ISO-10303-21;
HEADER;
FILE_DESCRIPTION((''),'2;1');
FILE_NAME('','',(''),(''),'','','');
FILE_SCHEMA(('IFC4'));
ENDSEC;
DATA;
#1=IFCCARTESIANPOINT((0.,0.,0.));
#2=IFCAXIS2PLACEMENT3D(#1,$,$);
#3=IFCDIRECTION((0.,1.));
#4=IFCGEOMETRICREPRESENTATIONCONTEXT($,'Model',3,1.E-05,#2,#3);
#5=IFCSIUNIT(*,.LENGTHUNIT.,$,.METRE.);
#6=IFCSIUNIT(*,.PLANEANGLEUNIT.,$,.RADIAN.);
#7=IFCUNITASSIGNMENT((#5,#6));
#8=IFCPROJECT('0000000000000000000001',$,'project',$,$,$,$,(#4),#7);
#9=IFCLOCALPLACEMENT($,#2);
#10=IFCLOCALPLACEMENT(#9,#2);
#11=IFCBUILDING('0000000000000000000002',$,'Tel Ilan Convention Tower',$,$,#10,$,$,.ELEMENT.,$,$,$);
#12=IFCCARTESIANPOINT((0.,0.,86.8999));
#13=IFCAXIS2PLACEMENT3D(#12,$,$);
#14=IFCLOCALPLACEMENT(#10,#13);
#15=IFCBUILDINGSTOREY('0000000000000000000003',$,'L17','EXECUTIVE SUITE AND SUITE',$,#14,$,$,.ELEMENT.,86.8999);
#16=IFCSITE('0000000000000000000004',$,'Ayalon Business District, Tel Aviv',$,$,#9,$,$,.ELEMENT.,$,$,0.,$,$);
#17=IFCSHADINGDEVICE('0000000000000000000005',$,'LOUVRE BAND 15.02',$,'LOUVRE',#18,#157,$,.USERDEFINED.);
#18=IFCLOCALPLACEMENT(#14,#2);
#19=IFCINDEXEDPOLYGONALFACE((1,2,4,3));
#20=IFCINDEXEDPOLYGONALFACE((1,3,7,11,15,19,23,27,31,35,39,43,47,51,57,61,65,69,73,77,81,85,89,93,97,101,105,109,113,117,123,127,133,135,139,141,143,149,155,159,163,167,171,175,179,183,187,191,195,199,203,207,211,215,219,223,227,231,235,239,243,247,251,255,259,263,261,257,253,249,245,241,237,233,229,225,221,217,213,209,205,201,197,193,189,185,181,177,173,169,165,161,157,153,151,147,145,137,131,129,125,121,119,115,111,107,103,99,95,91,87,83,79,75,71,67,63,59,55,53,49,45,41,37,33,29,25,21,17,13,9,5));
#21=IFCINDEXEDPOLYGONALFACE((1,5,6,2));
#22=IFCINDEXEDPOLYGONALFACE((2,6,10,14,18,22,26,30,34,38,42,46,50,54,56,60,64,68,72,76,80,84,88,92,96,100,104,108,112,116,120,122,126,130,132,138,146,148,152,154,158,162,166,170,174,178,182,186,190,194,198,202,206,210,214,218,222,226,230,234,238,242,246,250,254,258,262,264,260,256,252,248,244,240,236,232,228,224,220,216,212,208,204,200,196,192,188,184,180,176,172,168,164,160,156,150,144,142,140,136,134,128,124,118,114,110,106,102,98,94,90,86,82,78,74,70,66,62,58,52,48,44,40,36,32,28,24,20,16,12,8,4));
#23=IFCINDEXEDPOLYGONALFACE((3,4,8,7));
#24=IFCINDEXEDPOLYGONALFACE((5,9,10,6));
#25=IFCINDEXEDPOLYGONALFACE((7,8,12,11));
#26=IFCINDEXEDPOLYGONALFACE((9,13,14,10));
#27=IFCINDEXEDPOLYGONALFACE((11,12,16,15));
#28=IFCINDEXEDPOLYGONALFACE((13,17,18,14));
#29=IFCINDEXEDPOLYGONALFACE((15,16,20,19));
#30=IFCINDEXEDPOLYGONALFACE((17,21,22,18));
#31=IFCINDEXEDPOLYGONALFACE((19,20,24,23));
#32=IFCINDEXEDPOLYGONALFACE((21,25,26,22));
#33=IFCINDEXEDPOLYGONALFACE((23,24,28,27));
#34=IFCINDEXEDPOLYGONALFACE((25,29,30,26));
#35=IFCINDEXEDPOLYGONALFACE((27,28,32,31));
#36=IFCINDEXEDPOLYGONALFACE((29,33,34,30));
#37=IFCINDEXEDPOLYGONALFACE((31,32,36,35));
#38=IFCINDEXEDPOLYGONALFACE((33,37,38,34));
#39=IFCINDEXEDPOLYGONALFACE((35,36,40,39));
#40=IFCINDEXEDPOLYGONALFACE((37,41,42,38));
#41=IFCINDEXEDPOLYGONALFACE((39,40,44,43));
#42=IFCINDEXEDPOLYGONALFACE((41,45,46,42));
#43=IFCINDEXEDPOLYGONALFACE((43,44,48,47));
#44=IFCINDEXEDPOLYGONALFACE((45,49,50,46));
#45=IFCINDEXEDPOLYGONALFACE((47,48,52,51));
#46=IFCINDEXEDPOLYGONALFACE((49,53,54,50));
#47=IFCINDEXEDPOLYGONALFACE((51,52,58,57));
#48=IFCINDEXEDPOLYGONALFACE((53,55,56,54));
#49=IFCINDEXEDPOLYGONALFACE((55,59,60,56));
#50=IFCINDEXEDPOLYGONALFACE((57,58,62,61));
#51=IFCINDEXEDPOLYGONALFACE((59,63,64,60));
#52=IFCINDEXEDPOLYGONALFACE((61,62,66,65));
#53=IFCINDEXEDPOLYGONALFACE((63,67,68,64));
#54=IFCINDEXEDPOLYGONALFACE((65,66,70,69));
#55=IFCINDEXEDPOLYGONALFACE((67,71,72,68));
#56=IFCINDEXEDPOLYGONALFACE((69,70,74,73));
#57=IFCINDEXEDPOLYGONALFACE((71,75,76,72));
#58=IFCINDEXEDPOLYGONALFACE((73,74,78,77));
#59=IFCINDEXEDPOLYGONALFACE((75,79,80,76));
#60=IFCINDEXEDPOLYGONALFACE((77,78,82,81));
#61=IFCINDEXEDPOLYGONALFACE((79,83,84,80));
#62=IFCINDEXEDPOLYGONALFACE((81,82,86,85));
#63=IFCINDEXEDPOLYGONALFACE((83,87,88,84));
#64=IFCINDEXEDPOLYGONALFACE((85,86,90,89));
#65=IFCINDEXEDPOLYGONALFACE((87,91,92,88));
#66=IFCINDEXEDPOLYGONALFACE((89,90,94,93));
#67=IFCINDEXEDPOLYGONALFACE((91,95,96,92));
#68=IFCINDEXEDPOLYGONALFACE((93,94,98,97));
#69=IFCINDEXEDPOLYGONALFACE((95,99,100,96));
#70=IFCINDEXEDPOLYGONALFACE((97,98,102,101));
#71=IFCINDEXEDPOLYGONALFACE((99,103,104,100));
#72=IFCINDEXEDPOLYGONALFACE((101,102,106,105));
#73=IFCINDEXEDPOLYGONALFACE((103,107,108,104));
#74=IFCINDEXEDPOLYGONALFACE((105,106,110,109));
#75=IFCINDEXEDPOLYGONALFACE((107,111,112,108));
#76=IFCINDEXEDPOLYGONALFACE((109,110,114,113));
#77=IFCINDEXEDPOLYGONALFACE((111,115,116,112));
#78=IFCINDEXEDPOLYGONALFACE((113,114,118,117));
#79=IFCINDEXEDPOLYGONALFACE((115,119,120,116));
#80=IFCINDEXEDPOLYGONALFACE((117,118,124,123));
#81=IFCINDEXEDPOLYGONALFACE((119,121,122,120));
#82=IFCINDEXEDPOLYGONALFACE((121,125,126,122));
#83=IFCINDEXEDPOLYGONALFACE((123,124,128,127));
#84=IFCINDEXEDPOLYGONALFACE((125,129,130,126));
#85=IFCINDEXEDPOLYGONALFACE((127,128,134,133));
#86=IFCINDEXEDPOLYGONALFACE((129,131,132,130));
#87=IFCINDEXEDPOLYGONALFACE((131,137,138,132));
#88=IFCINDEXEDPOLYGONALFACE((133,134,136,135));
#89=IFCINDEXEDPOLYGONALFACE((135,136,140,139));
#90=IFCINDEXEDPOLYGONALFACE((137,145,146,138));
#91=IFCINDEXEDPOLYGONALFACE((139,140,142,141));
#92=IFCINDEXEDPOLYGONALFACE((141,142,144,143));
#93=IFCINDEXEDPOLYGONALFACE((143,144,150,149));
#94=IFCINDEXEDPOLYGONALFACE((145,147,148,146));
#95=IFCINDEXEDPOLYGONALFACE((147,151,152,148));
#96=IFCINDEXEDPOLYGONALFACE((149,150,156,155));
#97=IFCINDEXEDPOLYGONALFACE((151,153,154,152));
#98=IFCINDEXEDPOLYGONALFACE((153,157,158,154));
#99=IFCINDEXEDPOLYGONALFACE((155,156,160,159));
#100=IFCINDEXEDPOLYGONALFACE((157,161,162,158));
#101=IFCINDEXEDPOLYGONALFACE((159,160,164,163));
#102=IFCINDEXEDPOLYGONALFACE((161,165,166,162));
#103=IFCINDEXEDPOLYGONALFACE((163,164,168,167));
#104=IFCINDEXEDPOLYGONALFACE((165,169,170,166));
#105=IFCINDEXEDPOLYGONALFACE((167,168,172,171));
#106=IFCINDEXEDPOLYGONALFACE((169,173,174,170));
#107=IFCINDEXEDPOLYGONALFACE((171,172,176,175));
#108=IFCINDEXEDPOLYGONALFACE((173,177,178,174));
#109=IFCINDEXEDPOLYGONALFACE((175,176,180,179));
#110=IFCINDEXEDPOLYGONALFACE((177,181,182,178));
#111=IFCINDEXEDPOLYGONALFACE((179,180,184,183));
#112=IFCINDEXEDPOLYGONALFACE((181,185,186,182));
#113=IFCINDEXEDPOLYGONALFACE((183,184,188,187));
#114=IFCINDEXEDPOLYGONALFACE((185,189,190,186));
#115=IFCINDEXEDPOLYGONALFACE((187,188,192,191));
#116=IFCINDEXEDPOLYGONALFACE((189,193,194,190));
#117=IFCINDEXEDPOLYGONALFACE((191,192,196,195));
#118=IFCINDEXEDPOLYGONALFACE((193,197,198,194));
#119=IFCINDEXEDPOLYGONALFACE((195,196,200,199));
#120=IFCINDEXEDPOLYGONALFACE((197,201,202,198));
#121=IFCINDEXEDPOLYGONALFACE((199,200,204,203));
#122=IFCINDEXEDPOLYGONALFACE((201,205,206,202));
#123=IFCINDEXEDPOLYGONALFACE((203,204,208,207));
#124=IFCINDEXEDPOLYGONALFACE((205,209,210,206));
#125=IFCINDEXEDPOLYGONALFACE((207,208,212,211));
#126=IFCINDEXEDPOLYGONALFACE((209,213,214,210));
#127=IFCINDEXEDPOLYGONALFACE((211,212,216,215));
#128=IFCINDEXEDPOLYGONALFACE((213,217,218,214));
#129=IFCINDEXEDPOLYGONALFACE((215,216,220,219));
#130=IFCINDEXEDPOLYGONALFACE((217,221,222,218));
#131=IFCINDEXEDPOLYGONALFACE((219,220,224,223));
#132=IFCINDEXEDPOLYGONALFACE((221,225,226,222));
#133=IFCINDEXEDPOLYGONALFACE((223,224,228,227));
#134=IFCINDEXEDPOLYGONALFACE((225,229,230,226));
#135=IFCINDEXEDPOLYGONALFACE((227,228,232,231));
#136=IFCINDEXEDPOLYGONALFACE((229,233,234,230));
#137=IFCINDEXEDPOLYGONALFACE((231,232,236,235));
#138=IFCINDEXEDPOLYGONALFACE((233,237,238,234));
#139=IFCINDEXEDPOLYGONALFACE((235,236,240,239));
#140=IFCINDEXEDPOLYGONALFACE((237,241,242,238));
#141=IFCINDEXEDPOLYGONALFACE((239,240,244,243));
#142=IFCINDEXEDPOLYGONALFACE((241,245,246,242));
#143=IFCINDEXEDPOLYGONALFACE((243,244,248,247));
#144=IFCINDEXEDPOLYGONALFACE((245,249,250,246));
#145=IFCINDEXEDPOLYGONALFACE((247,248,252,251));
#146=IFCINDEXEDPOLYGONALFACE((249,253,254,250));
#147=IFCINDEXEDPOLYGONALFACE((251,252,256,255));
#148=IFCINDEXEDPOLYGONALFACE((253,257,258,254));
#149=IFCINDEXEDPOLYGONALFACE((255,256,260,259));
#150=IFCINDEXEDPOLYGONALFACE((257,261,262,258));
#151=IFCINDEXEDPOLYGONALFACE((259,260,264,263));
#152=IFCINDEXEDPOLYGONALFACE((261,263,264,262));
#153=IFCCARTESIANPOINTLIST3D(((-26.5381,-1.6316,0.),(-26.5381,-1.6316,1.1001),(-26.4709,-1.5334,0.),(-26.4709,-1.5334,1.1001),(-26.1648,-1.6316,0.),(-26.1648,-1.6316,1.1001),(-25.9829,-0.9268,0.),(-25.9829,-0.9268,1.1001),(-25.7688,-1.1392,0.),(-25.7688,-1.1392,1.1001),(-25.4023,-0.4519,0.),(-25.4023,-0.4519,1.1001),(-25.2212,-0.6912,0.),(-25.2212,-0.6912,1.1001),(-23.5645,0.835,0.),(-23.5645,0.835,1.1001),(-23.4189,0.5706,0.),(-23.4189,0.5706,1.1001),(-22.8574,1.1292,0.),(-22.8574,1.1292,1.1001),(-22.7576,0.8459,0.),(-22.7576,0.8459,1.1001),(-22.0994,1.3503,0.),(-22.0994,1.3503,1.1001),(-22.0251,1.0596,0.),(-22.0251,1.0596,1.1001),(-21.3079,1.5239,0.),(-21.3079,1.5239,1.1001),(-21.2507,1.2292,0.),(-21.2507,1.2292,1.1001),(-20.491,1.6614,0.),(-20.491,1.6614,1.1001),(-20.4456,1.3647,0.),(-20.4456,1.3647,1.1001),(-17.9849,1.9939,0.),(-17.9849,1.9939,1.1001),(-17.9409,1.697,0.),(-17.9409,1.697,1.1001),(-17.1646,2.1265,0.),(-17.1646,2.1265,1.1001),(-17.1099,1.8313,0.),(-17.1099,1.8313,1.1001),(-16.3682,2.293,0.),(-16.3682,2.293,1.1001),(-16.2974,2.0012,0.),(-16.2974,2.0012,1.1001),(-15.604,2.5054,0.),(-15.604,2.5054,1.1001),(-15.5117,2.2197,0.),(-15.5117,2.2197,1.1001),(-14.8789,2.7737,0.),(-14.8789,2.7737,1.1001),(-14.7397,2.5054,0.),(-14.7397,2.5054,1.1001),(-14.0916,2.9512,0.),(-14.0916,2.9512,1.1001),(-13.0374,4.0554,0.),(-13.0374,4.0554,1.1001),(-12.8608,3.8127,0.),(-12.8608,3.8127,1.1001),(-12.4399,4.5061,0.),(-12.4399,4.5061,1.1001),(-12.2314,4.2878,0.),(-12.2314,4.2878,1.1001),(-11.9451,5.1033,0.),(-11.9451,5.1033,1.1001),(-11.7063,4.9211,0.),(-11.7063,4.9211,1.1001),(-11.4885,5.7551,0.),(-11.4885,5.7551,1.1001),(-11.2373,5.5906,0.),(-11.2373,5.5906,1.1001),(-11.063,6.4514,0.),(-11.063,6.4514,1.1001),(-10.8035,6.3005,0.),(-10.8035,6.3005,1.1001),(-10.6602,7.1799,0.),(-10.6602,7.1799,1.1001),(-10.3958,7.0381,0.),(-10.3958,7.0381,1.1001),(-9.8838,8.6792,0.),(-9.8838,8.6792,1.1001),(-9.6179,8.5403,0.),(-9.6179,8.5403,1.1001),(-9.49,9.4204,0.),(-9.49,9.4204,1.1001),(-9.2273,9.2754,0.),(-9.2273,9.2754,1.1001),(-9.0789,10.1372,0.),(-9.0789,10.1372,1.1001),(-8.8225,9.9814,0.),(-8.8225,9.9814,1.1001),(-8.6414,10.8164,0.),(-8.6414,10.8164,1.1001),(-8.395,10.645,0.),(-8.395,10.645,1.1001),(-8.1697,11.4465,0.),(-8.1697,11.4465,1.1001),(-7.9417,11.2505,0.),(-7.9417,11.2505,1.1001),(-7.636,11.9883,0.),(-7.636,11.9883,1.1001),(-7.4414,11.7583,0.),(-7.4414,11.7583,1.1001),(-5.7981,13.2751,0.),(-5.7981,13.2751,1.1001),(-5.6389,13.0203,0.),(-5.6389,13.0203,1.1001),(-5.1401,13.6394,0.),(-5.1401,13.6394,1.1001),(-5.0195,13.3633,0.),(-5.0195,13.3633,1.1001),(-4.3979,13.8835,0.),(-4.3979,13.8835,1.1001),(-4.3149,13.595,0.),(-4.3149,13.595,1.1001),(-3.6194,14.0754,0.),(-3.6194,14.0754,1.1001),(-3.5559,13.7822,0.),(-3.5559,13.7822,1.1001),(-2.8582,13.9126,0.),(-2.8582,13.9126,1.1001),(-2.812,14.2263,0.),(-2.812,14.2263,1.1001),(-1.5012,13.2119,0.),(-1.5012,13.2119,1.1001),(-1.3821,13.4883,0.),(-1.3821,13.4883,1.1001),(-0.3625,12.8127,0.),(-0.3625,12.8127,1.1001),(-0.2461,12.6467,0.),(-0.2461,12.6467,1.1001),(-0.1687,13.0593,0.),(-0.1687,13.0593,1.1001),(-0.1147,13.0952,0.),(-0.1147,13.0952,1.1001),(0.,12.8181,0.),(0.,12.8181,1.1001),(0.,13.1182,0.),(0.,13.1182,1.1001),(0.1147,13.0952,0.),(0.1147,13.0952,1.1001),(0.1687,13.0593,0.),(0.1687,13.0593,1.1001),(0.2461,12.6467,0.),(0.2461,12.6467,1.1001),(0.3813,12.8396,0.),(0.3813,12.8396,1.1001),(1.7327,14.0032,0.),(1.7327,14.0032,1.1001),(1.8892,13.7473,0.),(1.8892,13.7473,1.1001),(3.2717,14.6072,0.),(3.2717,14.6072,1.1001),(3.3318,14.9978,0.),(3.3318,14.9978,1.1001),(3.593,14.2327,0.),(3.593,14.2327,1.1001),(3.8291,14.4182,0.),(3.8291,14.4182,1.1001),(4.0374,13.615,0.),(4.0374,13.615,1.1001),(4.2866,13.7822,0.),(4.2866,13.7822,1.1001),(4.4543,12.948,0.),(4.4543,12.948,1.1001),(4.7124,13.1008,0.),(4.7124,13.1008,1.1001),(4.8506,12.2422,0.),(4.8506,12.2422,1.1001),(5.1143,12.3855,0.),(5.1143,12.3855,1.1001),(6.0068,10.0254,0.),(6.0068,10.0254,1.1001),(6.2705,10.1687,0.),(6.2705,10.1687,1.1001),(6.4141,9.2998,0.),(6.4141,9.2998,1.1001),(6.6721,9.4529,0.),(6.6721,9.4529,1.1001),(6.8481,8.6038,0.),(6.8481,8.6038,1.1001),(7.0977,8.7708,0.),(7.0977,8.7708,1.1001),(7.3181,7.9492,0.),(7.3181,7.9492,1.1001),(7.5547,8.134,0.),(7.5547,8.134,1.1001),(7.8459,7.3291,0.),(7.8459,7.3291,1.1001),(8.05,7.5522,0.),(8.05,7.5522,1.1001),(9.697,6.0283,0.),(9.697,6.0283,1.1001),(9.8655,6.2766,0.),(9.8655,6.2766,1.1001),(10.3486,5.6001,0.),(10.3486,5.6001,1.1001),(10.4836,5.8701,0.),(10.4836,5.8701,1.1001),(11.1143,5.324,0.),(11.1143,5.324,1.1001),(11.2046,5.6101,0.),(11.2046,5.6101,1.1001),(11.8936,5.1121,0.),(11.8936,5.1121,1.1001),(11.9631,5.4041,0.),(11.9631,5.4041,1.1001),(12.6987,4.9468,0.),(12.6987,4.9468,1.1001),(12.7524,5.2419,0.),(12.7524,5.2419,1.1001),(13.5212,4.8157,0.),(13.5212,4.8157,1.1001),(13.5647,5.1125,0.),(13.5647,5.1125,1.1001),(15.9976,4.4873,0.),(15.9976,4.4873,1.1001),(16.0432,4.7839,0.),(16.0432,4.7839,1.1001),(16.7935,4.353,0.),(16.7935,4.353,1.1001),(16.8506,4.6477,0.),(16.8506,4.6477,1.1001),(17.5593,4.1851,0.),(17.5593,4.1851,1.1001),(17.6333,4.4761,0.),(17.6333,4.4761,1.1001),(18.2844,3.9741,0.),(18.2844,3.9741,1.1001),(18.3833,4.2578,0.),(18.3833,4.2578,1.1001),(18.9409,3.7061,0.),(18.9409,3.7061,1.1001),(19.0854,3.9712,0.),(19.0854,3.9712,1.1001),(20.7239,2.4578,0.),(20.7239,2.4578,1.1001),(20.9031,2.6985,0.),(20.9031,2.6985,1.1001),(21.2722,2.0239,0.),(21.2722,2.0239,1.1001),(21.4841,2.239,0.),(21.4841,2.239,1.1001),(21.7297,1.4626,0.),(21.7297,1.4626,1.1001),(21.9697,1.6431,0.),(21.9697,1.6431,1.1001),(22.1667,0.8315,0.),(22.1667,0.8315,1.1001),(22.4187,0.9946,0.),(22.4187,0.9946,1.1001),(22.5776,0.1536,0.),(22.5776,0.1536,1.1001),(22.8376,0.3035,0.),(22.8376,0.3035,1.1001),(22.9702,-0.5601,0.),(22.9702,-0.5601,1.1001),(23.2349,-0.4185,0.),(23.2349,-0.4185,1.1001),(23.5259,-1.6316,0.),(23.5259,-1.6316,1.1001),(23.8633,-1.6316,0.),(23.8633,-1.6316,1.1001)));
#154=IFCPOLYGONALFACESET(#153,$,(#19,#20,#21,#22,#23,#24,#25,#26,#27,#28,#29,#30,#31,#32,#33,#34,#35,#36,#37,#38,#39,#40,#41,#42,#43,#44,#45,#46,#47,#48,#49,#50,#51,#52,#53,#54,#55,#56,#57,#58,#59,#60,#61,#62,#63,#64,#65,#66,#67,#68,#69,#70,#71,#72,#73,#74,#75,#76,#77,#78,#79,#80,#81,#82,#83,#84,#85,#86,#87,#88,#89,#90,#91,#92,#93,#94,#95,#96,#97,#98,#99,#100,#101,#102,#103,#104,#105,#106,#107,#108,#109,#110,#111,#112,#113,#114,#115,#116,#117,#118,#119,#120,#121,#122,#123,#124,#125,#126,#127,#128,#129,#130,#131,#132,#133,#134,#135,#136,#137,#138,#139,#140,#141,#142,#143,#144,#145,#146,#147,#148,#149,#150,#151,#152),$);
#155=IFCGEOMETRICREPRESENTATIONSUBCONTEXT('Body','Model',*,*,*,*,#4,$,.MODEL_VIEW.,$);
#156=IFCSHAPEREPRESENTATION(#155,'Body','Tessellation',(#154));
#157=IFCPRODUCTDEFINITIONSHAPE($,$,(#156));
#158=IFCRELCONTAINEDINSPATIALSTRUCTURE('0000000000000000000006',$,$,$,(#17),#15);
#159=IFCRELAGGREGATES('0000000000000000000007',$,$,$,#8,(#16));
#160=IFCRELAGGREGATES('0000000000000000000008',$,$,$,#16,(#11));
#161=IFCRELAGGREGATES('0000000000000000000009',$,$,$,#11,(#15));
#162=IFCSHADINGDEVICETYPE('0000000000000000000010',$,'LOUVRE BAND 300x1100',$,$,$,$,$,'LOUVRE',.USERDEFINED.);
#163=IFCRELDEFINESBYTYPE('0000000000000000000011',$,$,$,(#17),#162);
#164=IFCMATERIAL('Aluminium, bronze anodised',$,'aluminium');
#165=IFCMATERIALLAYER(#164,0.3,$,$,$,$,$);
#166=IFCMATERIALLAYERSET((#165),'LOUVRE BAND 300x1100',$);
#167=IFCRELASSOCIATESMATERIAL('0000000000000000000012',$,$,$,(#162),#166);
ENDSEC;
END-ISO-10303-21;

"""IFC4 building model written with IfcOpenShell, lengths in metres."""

from ifc_helpers import new_model, si_unit, direction, frame, origin, place, context, subcontext, project, spatial, polyline, outline, extrude, material, layer, layer_set, type_object, element, save


model = new_model("IFC4")

# Units and contexts
model_context = context("Model", 3, precision=1e-05, world=origin(), true_north=direction((0.0, 1.0)))
body_context = subcontext(model_context, "Body", "Model", "MODEL_VIEW")
ifc_project = project(units=[si_unit("LENGTHUNIT", "METRE"), si_unit("PLANEANGLEUNIT", "RADIAN")], contexts=[model_context])

# Site, building, storey
site_placement = place(None, origin())
site = spatial("IfcSite", under=ifc_project, at=site_placement, Name="Ayalon Business District, Tel Aviv", CompositionType="ELEMENT", RefElevation=0.0)
building_placement = place(site_placement, origin())
building = spatial("IfcBuilding", under=site, at=building_placement, Name="Tel Ilan Convention Tower", CompositionType="ELEMENT")
storey_placement = place(building_placement, frame((0.0, 0.0, 86.8999)))
storey = spatial("IfcBuildingStorey", under=building, at=storey_placement, Name="L17", Description="EXECUTIVE SUITE AND SUITE", CompositionType="ELEMENT", Elevation=86.8999)

# Shading device
ifc_material_1 = material(Name="Aluminium, bronze anodised", Category="aluminium")
ifc_layer_1 = layer(ifc_material_1, 0.3)
ifc_layer_set_1 = layer_set([ifc_layer_1], Name="LOUVRE BAND 300x1100")
shading_device_type = type_object("IfcShadingDeviceType", Name="LOUVRE BAND 300x1100", ElementType="LOUVRE", PredefinedType="USERDEFINED", material=ifc_layer_set_1)
shading_device_1_placement = place(storey_placement, origin())
element("IfcShadingDevice", 1, at=shading_device_1_placement, inside=storey, type_object=shading_device_type, Name="LOUVRE BAND 15.02", ObjectType="LOUVRE", PredefinedType="USERDEFINED", context=body_context, shape_type="SweptSolid", body=[
    extrude(outline(polyline([(-26.4709, -1.5334), (-26.5381, -1.6316), (-26.1648, -1.6316), (-25.7688, -1.1392), (-25.2212, -0.6912), (-23.4189, 0.5706), (-22.7576, 0.8459), (-22.0251, 1.0596), (-21.2507, 1.2292), (-20.4456, 1.3647), (-17.9409, 1.697), (-17.1099, 1.8313), (-16.2974, 2.0012), (-15.5117, 2.2197), (-14.7397, 2.5054), (-14.0916, 2.9512), (-12.8608, 3.8127), (-12.2314, 4.2878), (-11.7063, 4.9211), (-11.2373, 5.5906), (-10.8035, 6.3005), (-10.3958, 7.0381), (-9.6179, 8.5403), (-9.2273, 9.2754), (-8.8225, 9.9814), (-8.395, 10.645), (-7.9417, 11.2505), (-7.4414, 11.7583), (-5.6389, 13.0203), (-5.0195, 13.3633), (-4.3149, 13.595), (-3.5559, 13.7822), (-2.8582, 13.9126), (-1.5012, 13.2119), (-0.3625, 12.8127), (-0.2461, 12.6467), (0.0, 12.8181), (0.2461, 12.6467), (0.3813, 12.8396), (1.8892, 13.7473), (3.2717, 14.6072), (3.593, 14.2327), (4.0374, 13.615), (4.4543, 12.948), (4.8506, 12.2422), (6.0068, 10.0254), (6.4141, 9.2998), (6.8481, 8.6038), (7.3181, 7.9492), (7.8459, 7.3291), (9.697, 6.0283), (10.3486, 5.6001), (11.1143, 5.324), (11.8936, 5.1121), (12.6987, 4.9468), (13.5212, 4.8157), (15.9976, 4.4873), (16.7935, 4.353), (17.5593, 4.1851), (18.2844, 3.9741), (18.9409, 3.7061), (20.7239, 2.4578), (21.2722, 2.0239), (21.7297, 1.4626), (22.1667, 0.8315), (22.5776, 0.1536), (22.9702, -0.5601), (23.5259, -1.6316), (23.8633, -1.6316), (23.2349, -0.4185), (22.8376, 0.3035), (22.4187, 0.9946), (21.9697, 1.6431), (21.4841, 2.239), (20.9031, 2.6985), (19.0854, 3.9712), (18.3833, 4.2578), (17.6333, 4.4761), (16.8506, 4.6477), (16.0432, 4.7839), (13.5647, 5.1125), (12.7524, 5.2419), (11.9631, 5.4041), (11.2046, 5.6101), (10.4836, 5.8701), (9.8655, 6.2766), (8.05, 7.5522), (7.5547, 8.134), (7.0977, 8.7708), (6.6721, 9.4529), (6.2705, 10.1687), (5.1143, 12.3855), (4.7124, 13.1008), (4.2866, 13.7822), (3.8291, 14.4182), (3.3318, 14.9978), (1.7327, 14.0032), (0.1687, 13.0593), (0.1147, 13.0952), (0.0, 13.1182), (-0.1147, 13.0952), (-0.1687, 13.0593), (-1.3821, 13.4883), (-2.812, 14.2263), (-3.6194, 14.0754), (-4.3979, 13.8835), (-5.1401, 13.6394), (-5.7981, 13.2751), (-7.636, 11.9883), (-8.1697, 11.4465), (-8.6414, 10.8164), (-9.0789, 10.1372), (-9.49, 9.4204), (-9.8838, 8.6792), (-10.6602, 7.1799), (-11.063, 6.4514), (-11.4885, 5.7551), (-11.9451, 5.1033), (-12.4399, 4.5061), (-13.0374, 4.0554), (-14.8789, 2.7737), (-15.604, 2.5054), (-16.3682, 2.293), (-17.1646, 2.1265), (-17.9849, 1.9939), (-20.491, 1.6614), (-21.3079, 1.5239), (-22.0994, 1.3503), (-22.8574, 1.1292), (-23.5645, 0.835), (-25.4023, -0.4519), (-25.9829, -0.9268), (-26.4709, -1.5334)])), origin(), (0.0, 0.0, 1.0), 1.1001),
])

save(model, "model.ifc")
